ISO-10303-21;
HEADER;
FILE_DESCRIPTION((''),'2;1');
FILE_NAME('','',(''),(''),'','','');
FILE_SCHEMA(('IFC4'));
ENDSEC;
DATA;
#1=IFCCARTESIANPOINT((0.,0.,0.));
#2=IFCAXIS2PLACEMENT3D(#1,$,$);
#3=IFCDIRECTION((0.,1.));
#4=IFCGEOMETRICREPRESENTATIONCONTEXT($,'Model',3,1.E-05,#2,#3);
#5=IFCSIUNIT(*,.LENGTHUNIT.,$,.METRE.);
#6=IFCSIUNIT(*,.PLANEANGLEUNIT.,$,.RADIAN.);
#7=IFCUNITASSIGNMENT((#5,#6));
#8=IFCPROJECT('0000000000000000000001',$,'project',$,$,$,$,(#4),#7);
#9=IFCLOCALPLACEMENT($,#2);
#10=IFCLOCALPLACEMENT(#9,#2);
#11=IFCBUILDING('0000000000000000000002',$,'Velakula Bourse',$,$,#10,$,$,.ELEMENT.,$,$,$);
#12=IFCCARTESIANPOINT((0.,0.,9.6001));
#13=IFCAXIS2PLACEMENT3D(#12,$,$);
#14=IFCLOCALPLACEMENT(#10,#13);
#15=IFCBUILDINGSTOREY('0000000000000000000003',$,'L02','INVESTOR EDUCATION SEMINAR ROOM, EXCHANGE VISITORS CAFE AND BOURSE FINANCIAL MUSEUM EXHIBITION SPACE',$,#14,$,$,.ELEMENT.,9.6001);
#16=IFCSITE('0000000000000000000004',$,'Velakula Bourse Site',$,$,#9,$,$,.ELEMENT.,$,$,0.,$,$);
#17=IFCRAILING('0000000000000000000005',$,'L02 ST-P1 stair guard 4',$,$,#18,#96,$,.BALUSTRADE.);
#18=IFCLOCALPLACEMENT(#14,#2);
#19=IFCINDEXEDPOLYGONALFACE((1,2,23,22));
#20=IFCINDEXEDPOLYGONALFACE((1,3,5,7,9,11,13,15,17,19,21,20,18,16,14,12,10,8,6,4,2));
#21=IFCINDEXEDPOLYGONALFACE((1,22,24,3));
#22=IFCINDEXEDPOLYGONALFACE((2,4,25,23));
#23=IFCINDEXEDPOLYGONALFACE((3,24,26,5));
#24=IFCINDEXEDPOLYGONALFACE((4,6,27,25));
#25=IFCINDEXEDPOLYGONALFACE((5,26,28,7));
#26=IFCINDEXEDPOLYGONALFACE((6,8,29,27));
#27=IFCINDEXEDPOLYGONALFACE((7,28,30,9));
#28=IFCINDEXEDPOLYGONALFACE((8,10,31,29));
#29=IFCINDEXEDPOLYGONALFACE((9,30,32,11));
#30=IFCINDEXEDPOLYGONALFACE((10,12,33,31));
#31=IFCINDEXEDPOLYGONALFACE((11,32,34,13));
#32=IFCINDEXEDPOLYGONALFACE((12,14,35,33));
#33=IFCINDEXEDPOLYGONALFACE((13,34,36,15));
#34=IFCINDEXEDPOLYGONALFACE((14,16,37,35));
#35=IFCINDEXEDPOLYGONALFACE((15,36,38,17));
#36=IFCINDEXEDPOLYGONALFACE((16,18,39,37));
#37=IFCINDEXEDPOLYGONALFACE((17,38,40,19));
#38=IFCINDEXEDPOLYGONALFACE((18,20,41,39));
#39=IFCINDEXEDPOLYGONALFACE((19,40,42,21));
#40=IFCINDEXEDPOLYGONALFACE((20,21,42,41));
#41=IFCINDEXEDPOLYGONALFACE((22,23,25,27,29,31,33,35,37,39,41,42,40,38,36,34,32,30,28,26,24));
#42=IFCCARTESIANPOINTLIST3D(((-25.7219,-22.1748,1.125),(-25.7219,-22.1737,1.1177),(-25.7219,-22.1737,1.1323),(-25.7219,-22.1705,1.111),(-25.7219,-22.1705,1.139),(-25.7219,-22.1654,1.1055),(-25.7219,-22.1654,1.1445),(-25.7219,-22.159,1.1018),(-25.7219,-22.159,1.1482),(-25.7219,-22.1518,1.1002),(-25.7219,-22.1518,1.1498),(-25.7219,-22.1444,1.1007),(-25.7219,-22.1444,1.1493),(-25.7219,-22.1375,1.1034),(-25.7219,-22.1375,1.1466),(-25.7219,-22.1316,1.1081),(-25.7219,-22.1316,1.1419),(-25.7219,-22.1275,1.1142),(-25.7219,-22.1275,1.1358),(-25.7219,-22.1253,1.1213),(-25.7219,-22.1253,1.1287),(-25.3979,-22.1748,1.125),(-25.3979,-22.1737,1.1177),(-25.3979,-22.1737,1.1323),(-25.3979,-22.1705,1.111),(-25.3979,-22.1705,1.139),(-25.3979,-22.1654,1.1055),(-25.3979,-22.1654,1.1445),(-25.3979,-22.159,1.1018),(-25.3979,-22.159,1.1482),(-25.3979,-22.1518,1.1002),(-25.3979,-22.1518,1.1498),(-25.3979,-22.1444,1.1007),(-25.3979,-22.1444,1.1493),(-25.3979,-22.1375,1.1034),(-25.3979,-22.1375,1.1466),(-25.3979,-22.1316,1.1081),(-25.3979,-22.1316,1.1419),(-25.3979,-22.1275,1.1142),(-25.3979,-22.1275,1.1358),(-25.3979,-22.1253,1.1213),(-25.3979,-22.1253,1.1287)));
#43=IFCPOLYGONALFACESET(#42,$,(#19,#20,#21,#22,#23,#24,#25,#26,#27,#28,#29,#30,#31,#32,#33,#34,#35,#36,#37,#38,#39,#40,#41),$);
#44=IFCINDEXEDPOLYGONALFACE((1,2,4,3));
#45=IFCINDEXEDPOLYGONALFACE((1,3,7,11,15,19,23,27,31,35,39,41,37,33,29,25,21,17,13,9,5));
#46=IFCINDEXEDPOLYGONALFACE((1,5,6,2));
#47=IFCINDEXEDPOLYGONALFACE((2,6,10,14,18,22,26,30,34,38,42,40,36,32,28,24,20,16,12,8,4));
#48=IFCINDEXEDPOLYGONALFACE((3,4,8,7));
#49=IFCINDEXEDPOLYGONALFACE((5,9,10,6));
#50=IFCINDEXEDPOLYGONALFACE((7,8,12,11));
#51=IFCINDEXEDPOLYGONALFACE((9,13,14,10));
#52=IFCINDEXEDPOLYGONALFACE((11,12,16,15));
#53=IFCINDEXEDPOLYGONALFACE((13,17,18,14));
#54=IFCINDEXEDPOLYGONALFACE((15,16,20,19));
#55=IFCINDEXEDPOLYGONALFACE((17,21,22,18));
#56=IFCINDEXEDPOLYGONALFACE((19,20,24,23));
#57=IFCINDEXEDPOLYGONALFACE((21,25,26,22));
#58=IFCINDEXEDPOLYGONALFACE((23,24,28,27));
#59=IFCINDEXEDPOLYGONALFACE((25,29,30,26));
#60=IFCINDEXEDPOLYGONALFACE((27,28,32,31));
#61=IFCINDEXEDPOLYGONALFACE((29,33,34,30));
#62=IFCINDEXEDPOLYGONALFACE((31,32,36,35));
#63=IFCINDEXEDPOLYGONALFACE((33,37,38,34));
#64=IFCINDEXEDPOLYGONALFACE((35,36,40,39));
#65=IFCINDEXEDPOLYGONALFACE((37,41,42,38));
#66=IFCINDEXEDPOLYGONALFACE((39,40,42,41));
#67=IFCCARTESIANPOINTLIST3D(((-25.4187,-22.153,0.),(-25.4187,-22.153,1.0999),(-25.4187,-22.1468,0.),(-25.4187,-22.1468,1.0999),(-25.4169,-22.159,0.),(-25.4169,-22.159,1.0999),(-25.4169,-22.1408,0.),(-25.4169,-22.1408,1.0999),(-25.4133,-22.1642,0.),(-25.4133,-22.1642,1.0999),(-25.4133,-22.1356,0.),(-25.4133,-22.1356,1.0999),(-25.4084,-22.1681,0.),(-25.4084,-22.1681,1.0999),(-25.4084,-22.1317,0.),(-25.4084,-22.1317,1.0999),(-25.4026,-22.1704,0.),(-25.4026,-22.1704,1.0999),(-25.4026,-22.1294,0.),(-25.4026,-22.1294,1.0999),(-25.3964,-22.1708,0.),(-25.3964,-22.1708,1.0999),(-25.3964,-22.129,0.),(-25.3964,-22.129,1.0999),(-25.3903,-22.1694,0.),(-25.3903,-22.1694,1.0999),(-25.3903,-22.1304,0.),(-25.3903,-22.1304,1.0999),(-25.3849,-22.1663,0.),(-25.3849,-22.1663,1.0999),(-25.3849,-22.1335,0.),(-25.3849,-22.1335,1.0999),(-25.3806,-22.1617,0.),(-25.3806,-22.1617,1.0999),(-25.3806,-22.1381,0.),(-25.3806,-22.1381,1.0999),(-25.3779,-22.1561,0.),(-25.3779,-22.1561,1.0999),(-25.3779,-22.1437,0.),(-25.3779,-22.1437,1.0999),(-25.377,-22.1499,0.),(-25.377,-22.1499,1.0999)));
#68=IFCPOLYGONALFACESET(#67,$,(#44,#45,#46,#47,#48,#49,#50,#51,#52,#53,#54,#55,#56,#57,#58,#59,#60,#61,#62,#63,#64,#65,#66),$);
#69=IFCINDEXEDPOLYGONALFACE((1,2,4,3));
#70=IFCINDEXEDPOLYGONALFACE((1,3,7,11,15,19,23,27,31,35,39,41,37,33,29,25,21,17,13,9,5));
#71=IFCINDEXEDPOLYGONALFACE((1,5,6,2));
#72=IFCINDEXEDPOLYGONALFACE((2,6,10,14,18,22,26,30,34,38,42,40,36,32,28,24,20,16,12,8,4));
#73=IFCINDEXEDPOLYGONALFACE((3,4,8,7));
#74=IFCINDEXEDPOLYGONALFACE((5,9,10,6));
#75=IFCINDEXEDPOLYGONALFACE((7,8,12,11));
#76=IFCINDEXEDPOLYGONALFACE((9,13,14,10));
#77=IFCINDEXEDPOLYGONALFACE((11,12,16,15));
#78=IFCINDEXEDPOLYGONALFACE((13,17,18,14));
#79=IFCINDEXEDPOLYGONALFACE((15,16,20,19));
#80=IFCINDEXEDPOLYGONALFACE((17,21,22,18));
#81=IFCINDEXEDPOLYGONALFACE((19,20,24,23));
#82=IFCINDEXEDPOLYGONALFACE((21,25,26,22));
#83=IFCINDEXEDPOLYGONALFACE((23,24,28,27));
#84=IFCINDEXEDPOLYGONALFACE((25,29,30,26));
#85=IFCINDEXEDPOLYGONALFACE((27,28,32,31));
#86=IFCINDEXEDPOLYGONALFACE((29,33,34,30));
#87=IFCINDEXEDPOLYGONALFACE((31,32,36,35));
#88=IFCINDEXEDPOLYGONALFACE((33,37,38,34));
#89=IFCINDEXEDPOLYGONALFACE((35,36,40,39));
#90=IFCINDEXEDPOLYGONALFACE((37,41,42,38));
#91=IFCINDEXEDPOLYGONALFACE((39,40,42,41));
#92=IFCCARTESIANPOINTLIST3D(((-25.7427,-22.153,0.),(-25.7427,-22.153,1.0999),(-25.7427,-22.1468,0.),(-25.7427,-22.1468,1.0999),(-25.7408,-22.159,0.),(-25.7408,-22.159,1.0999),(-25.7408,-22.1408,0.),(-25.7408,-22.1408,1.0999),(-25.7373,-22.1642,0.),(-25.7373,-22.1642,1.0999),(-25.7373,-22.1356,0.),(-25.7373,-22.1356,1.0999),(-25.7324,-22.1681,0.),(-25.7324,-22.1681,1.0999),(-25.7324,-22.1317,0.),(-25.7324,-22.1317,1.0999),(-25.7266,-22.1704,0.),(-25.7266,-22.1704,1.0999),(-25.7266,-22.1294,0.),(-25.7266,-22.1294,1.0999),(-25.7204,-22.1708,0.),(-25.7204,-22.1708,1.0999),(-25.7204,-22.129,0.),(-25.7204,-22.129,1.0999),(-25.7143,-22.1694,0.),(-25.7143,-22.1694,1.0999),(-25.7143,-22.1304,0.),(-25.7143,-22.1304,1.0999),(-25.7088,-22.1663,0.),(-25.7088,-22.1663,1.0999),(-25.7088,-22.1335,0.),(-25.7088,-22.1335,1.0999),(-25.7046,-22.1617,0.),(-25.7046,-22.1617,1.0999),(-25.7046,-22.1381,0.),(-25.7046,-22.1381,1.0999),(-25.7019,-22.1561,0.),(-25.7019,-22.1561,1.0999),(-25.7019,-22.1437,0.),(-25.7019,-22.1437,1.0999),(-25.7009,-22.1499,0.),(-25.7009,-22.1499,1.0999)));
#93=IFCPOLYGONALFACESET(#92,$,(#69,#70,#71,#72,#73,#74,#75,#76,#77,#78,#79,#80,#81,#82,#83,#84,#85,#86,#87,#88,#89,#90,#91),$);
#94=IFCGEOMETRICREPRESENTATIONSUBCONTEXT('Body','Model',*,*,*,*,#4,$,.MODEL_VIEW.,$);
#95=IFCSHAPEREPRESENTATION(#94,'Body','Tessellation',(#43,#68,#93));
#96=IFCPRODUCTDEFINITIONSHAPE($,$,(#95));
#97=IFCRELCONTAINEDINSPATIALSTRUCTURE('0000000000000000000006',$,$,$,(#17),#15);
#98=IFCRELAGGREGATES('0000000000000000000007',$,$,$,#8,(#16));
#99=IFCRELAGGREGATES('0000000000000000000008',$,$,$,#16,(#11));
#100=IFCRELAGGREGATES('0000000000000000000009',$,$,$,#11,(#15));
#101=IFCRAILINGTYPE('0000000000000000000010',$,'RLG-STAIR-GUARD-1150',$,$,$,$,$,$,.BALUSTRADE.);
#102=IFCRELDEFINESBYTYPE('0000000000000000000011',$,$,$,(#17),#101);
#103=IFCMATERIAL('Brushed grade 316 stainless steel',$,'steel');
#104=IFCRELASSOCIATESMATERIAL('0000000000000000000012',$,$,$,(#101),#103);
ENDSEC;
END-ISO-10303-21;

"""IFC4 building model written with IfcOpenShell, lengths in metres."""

from ifc_helpers import new_model, si_unit, direction, frame, origin, origin_2d, place, context, subcontext, project, spatial, circle, extrude, material, type_object, element, save


model = new_model("IFC4")

# Units and contexts
model_context = context("Model", 3, precision=1e-05, world=origin(), true_north=direction((0.0, 1.0)))
body_context = subcontext(model_context, "Body", "Model", "MODEL_VIEW")
ifc_project = project(units=[si_unit("LENGTHUNIT", "METRE"), si_unit("PLANEANGLEUNIT", "RADIAN")], contexts=[model_context])

# Site, building, storey
site_placement = place(None, origin())
site = spatial("IfcSite", under=ifc_project, at=site_placement, Name="Velakula Bourse Site", CompositionType="ELEMENT", RefElevation=0.0)
building_placement = place(site_placement, origin())
building = spatial("IfcBuilding", under=site, at=building_placement, Name="Velakula Bourse", CompositionType="ELEMENT")
storey_placement = place(building_placement, frame((0.0, 0.0, 9.6001)))
storey = spatial("IfcBuildingStorey", under=building, at=storey_placement, Name="L02", Description="INVESTOR EDUCATION SEMINAR ROOM, EXCHANGE VISITORS CAFE AND BOURSE FINANCIAL MUSEUM EXHIBITION SPACE", CompositionType="ELEMENT", Elevation=9.6001)

# Railing
ifc_material_1 = material(Name="Brushed grade 316 stainless steel", Category="steel")
railing_type_1 = type_object("IfcRailingType", Name="RLG-STAIR-GUARD-1150", PredefinedType="BALUSTRADE", material=ifc_material_1)
railing_1_placement = place(storey_placement, frame((-25.3979, -22.1499, 0.0)))
element("IfcRailing", 1, at=railing_1_placement, inside=storey, type_object=railing_type_1, Name="L02 ST-P1 stair guard 4", PredefinedType="BALUSTRADE", context=body_context, shape_type="SweptSolid", body=[
    extrude(circle(Radius=0.0249, at=origin_2d()), frame((0.0, 0.0, 1.125), z_axis=(-1.0, 0.0, 0.0), x_axis=(0.0, -1.0, 0.0)), (0.0, 0.0, 1.0), 0.324),
    extrude(circle(Radius=0.021, at=origin_2d()), origin(), (0.0, 0.0, 1.0), 1.0999),
    extrude(circle(Radius=0.021, at=origin_2d()), frame((-0.324, 0.0, 0.0)), (0.0, 0.0, 1.0), 1.0999),
])

save(model, "model.ifc")
